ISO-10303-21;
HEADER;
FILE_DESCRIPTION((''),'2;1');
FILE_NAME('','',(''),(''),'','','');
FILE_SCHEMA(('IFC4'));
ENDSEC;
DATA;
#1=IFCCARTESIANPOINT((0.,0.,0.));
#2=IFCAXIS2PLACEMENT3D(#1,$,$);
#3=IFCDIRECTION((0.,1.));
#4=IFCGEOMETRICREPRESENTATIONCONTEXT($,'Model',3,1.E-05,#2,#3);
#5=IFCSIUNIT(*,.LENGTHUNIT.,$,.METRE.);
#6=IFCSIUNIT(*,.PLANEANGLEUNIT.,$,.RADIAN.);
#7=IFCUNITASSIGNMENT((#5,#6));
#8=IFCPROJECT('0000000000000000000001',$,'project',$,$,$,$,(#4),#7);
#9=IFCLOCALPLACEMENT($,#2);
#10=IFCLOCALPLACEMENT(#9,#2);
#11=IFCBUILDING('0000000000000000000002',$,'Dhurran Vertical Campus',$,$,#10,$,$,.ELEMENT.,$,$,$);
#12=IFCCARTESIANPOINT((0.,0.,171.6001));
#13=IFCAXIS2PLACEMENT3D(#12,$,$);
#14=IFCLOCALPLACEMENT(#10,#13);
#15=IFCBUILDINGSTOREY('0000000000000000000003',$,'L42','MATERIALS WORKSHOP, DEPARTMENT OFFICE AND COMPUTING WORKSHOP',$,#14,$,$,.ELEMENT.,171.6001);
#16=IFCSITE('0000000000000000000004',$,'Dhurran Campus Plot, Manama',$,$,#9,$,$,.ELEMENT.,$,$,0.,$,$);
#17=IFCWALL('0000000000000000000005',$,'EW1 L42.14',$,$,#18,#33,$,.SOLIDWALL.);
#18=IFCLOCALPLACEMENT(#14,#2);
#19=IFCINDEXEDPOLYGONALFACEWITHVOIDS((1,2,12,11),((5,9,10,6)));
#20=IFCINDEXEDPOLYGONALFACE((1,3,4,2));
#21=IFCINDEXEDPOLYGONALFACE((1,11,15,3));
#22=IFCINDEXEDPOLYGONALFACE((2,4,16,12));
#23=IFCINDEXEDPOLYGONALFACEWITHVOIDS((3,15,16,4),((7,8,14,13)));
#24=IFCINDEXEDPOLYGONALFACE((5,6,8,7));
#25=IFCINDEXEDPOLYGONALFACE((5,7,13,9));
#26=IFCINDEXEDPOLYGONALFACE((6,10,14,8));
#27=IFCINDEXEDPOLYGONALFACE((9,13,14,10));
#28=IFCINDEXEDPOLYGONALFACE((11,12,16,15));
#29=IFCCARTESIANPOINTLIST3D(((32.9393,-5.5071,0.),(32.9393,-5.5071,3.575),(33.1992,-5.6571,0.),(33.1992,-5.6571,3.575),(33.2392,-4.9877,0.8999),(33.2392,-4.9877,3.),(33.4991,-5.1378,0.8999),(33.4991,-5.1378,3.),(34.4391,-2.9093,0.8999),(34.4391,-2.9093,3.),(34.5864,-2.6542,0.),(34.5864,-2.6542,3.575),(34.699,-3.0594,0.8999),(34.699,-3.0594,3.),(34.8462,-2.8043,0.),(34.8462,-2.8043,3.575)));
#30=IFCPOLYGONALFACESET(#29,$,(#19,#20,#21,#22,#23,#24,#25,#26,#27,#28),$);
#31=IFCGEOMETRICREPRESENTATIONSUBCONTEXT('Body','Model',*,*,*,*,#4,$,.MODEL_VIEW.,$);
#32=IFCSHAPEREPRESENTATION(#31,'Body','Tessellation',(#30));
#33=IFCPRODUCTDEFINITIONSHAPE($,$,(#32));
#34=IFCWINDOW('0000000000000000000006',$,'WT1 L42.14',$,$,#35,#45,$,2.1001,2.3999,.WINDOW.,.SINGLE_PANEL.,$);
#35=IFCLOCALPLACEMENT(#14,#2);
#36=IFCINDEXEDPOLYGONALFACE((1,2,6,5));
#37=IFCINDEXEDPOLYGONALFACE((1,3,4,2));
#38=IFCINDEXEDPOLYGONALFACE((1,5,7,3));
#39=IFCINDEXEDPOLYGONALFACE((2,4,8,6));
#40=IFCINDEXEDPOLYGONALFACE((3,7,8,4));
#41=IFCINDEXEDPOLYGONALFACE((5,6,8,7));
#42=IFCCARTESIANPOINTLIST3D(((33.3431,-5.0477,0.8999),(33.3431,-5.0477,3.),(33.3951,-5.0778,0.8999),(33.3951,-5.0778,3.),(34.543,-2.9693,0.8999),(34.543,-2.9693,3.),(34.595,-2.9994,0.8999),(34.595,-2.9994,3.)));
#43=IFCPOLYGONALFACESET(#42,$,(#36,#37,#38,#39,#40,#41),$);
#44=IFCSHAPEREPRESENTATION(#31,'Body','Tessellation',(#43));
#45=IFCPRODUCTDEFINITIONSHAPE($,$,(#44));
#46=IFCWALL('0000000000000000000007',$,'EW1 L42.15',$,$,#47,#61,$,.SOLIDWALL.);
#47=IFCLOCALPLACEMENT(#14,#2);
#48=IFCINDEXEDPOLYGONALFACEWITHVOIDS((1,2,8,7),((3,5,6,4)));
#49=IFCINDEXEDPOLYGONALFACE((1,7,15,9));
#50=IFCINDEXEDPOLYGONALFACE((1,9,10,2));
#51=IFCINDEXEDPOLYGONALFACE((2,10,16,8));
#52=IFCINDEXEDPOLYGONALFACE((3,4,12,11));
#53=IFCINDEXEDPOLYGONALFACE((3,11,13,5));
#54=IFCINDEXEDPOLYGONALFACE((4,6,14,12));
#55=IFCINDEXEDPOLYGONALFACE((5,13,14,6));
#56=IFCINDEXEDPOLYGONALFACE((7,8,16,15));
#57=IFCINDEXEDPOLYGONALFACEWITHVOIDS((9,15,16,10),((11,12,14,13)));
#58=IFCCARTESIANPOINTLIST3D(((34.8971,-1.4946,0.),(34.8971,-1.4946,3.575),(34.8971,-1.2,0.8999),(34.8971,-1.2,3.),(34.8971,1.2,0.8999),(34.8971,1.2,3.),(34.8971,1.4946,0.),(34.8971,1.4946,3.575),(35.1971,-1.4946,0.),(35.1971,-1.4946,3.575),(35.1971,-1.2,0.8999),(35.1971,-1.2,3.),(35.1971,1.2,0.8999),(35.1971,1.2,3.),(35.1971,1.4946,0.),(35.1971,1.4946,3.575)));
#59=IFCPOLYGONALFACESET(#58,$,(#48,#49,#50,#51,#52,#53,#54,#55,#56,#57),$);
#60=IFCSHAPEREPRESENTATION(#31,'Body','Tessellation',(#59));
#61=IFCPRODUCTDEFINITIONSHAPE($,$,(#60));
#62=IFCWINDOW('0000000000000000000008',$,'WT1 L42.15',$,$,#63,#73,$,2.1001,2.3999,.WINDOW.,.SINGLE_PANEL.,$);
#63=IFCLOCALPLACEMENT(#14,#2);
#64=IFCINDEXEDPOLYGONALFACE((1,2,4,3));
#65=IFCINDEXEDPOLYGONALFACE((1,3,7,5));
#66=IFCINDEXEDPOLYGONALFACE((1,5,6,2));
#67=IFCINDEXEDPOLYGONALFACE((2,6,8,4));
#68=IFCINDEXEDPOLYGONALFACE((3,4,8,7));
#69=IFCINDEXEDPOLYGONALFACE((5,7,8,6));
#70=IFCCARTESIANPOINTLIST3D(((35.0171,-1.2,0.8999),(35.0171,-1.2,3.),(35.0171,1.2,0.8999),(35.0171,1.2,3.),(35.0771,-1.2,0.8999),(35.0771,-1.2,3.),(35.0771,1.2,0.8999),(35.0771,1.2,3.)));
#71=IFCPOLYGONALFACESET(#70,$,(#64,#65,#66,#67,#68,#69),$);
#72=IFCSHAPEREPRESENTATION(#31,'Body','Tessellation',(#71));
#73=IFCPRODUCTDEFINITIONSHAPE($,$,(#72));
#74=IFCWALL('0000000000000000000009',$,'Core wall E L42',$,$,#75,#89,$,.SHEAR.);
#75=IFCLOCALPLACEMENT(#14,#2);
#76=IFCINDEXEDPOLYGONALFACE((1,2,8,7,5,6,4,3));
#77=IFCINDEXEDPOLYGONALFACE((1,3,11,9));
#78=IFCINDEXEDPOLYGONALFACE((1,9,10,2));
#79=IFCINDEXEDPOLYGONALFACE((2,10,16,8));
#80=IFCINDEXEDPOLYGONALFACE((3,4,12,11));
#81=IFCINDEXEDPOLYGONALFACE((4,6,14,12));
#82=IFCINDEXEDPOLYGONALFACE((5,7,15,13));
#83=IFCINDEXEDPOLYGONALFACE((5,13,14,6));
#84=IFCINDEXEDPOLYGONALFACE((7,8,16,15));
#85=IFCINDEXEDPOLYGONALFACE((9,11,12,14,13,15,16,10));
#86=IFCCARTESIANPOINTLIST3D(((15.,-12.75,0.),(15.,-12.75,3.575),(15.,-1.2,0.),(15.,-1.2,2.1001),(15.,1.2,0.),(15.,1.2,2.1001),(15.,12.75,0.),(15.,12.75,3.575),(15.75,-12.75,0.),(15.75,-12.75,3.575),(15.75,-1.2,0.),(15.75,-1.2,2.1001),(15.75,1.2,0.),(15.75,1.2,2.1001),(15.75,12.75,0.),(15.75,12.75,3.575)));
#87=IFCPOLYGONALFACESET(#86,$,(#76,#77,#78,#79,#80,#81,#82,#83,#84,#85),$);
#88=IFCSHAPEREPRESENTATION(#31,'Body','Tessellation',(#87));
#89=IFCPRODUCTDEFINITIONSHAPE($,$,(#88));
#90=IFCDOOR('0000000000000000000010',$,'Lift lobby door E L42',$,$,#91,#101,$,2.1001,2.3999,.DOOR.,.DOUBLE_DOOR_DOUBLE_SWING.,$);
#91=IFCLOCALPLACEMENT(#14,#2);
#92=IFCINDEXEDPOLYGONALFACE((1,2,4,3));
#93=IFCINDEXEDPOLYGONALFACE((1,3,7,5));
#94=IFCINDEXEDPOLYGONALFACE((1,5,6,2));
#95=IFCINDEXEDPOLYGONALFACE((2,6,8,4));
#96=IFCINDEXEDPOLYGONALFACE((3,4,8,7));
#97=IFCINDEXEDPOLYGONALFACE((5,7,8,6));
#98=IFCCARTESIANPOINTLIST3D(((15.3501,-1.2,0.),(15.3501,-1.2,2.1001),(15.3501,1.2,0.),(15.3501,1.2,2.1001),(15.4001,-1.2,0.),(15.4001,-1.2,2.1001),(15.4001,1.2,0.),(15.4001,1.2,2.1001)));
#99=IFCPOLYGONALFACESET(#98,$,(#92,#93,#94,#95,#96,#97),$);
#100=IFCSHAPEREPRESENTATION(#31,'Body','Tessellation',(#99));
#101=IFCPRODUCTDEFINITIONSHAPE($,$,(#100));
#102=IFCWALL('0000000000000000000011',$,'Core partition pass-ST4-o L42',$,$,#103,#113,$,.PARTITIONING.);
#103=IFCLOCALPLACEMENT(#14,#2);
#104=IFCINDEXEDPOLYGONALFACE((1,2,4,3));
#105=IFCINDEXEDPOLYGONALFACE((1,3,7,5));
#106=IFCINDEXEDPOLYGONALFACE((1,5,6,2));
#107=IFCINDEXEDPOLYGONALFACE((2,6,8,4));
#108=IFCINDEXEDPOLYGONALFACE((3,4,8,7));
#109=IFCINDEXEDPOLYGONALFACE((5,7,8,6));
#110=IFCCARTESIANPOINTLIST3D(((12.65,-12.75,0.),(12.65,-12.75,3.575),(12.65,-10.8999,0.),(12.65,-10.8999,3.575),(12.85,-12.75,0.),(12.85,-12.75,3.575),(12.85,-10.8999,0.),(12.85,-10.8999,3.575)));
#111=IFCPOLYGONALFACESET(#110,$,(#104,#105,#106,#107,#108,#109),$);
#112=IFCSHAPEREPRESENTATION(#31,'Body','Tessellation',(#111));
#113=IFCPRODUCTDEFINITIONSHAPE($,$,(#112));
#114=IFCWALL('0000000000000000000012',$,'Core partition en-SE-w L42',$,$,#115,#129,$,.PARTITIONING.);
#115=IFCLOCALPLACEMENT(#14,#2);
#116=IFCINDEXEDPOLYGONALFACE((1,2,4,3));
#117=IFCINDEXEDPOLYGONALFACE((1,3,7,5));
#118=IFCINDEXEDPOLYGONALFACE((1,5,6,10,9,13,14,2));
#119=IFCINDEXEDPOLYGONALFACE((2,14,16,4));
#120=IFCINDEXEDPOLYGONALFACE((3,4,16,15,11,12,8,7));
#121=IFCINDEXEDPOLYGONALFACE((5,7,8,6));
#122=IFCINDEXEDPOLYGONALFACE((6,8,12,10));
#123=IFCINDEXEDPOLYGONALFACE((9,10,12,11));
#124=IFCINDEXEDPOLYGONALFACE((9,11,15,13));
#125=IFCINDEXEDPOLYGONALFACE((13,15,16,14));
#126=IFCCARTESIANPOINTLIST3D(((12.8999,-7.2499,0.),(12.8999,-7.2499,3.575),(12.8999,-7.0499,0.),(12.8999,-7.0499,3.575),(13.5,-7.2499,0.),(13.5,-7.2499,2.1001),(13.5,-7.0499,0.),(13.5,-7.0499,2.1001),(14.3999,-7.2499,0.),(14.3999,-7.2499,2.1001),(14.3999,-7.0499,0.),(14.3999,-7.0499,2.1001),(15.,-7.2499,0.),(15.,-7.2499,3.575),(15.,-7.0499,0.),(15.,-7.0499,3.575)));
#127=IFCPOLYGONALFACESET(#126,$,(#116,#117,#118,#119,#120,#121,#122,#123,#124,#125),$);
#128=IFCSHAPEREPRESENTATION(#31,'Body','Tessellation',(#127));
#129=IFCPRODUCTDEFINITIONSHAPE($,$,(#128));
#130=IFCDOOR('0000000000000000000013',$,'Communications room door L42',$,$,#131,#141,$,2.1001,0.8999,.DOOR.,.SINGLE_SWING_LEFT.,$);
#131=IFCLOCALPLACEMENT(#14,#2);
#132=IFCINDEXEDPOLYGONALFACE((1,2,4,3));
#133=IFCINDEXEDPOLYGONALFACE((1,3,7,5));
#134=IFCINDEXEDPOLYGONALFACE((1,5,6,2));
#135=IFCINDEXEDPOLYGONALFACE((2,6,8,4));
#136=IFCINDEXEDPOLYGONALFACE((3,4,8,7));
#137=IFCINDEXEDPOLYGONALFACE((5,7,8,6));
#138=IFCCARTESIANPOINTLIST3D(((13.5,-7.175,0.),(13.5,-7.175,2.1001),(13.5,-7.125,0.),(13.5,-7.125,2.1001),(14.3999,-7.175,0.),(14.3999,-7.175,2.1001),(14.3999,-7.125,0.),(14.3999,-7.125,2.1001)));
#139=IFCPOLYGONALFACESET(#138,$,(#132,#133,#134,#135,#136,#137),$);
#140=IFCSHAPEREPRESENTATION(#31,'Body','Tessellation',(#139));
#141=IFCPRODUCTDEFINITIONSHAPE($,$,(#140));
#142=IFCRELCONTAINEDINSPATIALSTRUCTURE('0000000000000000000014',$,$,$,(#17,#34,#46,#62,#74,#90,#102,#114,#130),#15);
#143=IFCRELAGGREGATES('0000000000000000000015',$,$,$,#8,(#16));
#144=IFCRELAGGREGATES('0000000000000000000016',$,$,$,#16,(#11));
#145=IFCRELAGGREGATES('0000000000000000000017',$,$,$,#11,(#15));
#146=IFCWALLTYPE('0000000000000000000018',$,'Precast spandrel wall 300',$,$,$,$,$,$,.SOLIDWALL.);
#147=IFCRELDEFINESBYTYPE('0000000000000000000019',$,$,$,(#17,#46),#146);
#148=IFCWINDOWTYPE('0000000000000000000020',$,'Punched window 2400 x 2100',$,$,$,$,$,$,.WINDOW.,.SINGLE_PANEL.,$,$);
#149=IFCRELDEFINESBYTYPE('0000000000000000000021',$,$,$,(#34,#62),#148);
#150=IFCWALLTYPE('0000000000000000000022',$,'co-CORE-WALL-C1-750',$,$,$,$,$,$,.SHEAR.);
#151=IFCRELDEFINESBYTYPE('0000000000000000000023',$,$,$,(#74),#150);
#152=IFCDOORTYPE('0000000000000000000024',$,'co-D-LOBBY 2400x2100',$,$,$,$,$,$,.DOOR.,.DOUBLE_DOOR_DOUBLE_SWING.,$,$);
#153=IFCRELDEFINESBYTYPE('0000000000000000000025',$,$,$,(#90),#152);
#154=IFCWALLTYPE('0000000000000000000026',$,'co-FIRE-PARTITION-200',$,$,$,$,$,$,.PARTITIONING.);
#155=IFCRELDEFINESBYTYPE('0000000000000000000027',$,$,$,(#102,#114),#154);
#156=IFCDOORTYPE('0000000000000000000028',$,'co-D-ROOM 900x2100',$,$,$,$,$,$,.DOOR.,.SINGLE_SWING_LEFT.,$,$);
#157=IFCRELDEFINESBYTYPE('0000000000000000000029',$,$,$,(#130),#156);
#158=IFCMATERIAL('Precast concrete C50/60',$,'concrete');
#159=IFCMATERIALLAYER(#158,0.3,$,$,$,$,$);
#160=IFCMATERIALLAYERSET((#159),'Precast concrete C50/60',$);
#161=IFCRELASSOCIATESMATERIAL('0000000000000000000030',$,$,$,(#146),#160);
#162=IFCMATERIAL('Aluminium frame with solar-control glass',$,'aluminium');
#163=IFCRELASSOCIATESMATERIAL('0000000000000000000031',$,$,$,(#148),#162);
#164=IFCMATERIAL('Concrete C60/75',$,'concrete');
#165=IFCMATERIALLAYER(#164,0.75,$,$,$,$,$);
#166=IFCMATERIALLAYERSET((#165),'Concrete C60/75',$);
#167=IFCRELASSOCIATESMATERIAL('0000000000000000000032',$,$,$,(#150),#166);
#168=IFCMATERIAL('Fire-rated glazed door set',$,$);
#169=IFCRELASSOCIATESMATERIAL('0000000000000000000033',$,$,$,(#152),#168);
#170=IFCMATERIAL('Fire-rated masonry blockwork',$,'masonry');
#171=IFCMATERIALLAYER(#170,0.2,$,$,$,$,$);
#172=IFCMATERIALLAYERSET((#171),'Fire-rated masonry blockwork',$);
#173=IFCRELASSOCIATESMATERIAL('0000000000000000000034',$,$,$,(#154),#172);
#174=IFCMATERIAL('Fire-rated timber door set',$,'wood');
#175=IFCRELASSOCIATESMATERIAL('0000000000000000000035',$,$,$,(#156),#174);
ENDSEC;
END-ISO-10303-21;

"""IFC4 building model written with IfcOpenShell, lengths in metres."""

from ifc_helpers import new_model, si_unit, direction, frame, frame_2d, origin, place, context, subcontext, project, spatial, rectangle, extrude, material, layer, layer_set, type_object, element, fill, save


model = new_model("IFC4")

# Units and contexts
model_context = context("Model", 3, precision=1e-05, world=origin(), true_north=direction((0.0, 1.0)))
body_context = subcontext(model_context, "Body", "Model", "MODEL_VIEW")
ifc_project = project(units=[si_unit("LENGTHUNIT", "METRE"), si_unit("PLANEANGLEUNIT", "RADIAN")], contexts=[model_context])

# Site, building, storey
site_placement = place(None, origin())
site = spatial("IfcSite", under=ifc_project, at=site_placement, Name="Dhurran Campus Plot, Manama", CompositionType="ELEMENT", RefElevation=0.0)
building_placement = place(site_placement, origin())
building = spatial("IfcBuilding", under=site, at=building_placement, Name="Dhurran Vertical Campus", CompositionType="ELEMENT")
storey_placement = place(building_placement, frame((0.0, 0.0, 171.6001)))
storey = spatial("IfcBuildingStorey", under=building, at=storey_placement, Name="L42", Description="MATERIALS WORKSHOP, DEPARTMENT OFFICE AND COMPUTING WORKSHOP", CompositionType="ELEMENT", Elevation=171.6001)

# Walls, openings, windows
ifc_material_1 = material(Name="Precast concrete C50/60", Category="concrete")
ifc_layer_1 = layer(ifc_material_1, 0.3)
ifc_layer_set_1 = layer_set([ifc_layer_1], Name="Precast concrete C50/60")
wall_type_1 = type_object("IfcWallType", Name="Precast spandrel wall 300", PredefinedType="SOLIDWALL", material=ifc_layer_set_1)
ifc_material_2 = material(Name="Aluminium frame with solar-control glass", Category="aluminium")
window_type = type_object("IfcWindowType", Name="Punched window 2400 x 2100", PartitioningType="SINGLE_PANEL", PredefinedType="WINDOW", material=ifc_material_2)
wall_1_placement = place(storey_placement, frame((33.0693, -5.582, 0.0), z_axis=(0.0, 0.0, 1.0), x_axis=(0.499981, 0.866036, 0.0)))
wall_1 = element("IfcWall", 1, at=wall_1_placement, inside=storey, type_object=wall_type_1, Name="EW1 L42.14", PredefinedType="SOLIDWALL", context=body_context, shape_type="SweptSolid", body=[
    extrude(rectangle(XDim=3.2942, YDim=0.3, at=frame_2d((1.647, 0.0))), origin(), (0.0, 0.0, 1.0), 3.575),
])
opening_1_placement = place(wall_1_placement, frame((0.5996, 0.0, 0.8999)))
opening_1 = element("IfcOpeningElement", 2, at=opening_1_placement, cuts=wall_1, PredefinedType="OPENING", context=body_context, shape_type="SweptSolid", body=[
    extrude(rectangle(XDim=2.3999, YDim=2.1001, at=frame_2d((1.2, 1.05))), frame((0.0, 0.1599, 0.0), z_axis=(0.0, -1.0, 0.0), x_axis=(1.0, 0.0, 0.0)), (0.0, 0.0, 1.0), 0.3201),
])
window_1_placement = place(opening_1_placement, origin())
window_1 = element("IfcWindow", 3, at=window_1_placement, inside=storey, type_object=window_type, Name="WT1 L42.14", OverallHeight=2.1001, OverallWidth=2.3999, PartitioningType="SINGLE_PANEL", PredefinedType="WINDOW", context=body_context, shape_type="SweptSolid", body=[
    extrude(rectangle(XDim=2.3999, YDim=2.1001, at=frame_2d((1.2, 1.05))), frame((0.0, 0.03, 0.0), z_axis=(0.0, -1.0, 0.0), x_axis=(1.0, 0.0, 0.0)), (0.0, 0.0, 1.0), 0.0601),
])
fill(opening_1, window_1)
wall_2_placement = place(storey_placement, frame((35.0471, -1.4946, 0.0), z_axis=(0.0, 0.0, 1.0), x_axis=(0.0, 1.0, 0.0)))
wall_2 = element("IfcWall", 4, at=wall_2_placement, inside=storey, type_object=wall_type_1, Name="EW1 L42.15", PredefinedType="SOLIDWALL", context=body_context, shape_type="SweptSolid", body=[
    extrude(rectangle(XDim=2.9893, YDim=0.3, at=frame_2d((1.4946, 0.0))), origin(), (0.0, 0.0, 1.0), 3.575),
])
opening_2_placement = place(wall_2_placement, frame((0.2947, 0.0, 0.8999)))
opening_2 = element("IfcOpeningElement", 5, at=opening_2_placement, cuts=wall_2, PredefinedType="OPENING", context=body_context, shape_type="SweptSolid", body=[
    extrude(rectangle(XDim=2.3999, YDim=2.1001, at=frame_2d((1.2, 1.05))), frame((0.0, 0.1599, 0.0), z_axis=(0.0, -1.0, 0.0), x_axis=(1.0, 0.0, 0.0)), (0.0, 0.0, 1.0), 0.3201),
])
window_2_placement = place(opening_2_placement, origin())
window_2 = element("IfcWindow", 6, at=window_2_placement, inside=storey, type_object=window_type, Name="WT1 L42.15", OverallHeight=2.1001, OverallWidth=2.3999, PartitioningType="SINGLE_PANEL", PredefinedType="WINDOW", context=body_context, shape_type="SweptSolid", body=[
    extrude(rectangle(XDim=2.3999, YDim=2.1001, at=frame_2d((1.2, 1.05))), frame((0.0, 0.03, 0.0), z_axis=(0.0, -1.0, 0.0), x_axis=(1.0, 0.0, 0.0)), (0.0, 0.0, 1.0), 0.0601),
])
fill(opening_2, window_2)

# Wall, opening, door
ifc_material_3 = material(Name="Concrete C60/75", Category="concrete")
ifc_layer_2 = layer(ifc_material_3, 0.75)
ifc_layer_set_2 = layer_set([ifc_layer_2], Name="Concrete C60/75")
wall_type_2 = type_object("IfcWallType", Name="co-CORE-WALL-C1-750", PredefinedType="SHEAR", material=ifc_layer_set_2)
wall_3_placement = place(storey_placement, frame((15.375, -12.75, 0.0), z_axis=(0.0, 0.0, 1.0), x_axis=(0.0, 1.0, 0.0)))
wall_3 = element("IfcWall", 7, at=wall_3_placement, inside=storey, type_object=wall_type_2, Name="Core wall E L42", PredefinedType="SHEAR", context=body_context, shape_type="SweptSolid", body=[
    extrude(rectangle(XDim=25.5, YDim=0.75, at=frame_2d((12.75, 0.0))), origin(), (0.0, 0.0, 1.0), 3.575),
])
opening_3_placement = place(wall_3_placement, frame((11.55, 0.0, 0.0)))
opening_3 = element("IfcOpeningElement", 8, at=opening_3_placement, cuts=wall_3, PredefinedType="OPENING", context=body_context, shape_type="SweptSolid", body=[
    extrude(rectangle(XDim=2.3999, YDim=2.1001, at=frame_2d((1.2, 1.05))), frame((0.0, 0.385, 0.0), z_axis=(0.0, -1.0, 0.0), x_axis=(1.0, 0.0, 0.0)), (0.0, 0.0, 1.0), 0.77),
])
ifc_material_4 = material(Name="Fire-rated glazed door set")
door_type_1 = type_object("IfcDoorType", Name="co-D-LOBBY 2400x2100", OperationType="DOUBLE_DOOR_DOUBLE_SWING", PredefinedType="DOOR", material=ifc_material_4)
door_1_placement = place(opening_3_placement, origin())
door_1 = element("IfcDoor", 9, at=door_1_placement, inside=storey, type_object=door_type_1, Name="Lift lobby door E L42", OperationType="DOUBLE_DOOR_DOUBLE_SWING", OverallHeight=2.1001, OverallWidth=2.3999, PredefinedType="DOOR", context=body_context, shape_type="SweptSolid", body=[
    extrude(rectangle(XDim=2.3999, YDim=2.1001, at=frame_2d((1.2, 1.05))), frame((0.0, 0.0249, 0.0), z_axis=(0.0, -1.0, 0.0), x_axis=(1.0, 0.0, 0.0)), (0.0, 0.0, 1.0), 0.05),
])
fill(opening_3, door_1)

# Wall
ifc_material_5 = material(Name="Fire-rated masonry blockwork", Category="masonry")
ifc_layer_3 = layer(ifc_material_5, 0.2)
ifc_layer_set_3 = layer_set([ifc_layer_3], Name="Fire-rated masonry blockwork")
wall_type_3 = type_object("IfcWallType", Name="co-FIRE-PARTITION-200", PredefinedType="PARTITIONING", material=ifc_layer_set_3)
wall_4_placement = place(storey_placement, frame((12.75, -12.75, 0.0), z_axis=(0.0, 0.0, 1.0), x_axis=(0.0, 1.0, 0.0)))
element("IfcWall", 10, at=wall_4_placement, inside=storey, type_object=wall_type_3, Name="Core partition pass-ST4-o L42", PredefinedType="PARTITIONING", context=body_context, shape_type="SweptSolid", body=[
    extrude(rectangle(XDim=1.8501, YDim=0.2, at=frame_2d((0.925, 0.0))), origin(), (0.0, 0.0, 1.0), 3.575),
])

# Wall, opening, door
wall_5_placement = place(storey_placement, frame((12.8999, -7.1499, 0.0), z_axis=(0.0, 0.0, 1.0), x_axis=(1.0, 0.0, 0.0)))
wall_5 = element("IfcWall", 11, at=wall_5_placement, inside=storey, type_object=wall_type_3, Name="Core partition en-SE-w L42", PredefinedType="PARTITIONING", context=body_context, shape_type="SweptSolid", body=[
    extrude(rectangle(XDim=2.1001, YDim=0.2, at=frame_2d((1.05, 0.0))), origin(), (0.0, 0.0, 1.0), 3.575),
])
opening_4_placement = place(wall_5_placement, frame((0.6001, 0.0, 0.0)))
opening_4 = element("IfcOpeningElement", 12, at=opening_4_placement, cuts=wall_5, PredefinedType="OPENING", context=body_context, shape_type="SweptSolid", body=[
    extrude(rectangle(XDim=0.8999, YDim=2.1001, at=frame_2d((0.45, 1.05))), frame((0.0, 0.1099, 0.0), z_axis=(0.0, -1.0, 0.0), x_axis=(1.0, 0.0, 0.0)), (0.0, 0.0, 1.0), 0.22),
])
ifc_material_6 = material(Name="Fire-rated timber door set", Category="wood")
door_type_2 = type_object("IfcDoorType", Name="co-D-ROOM 900x2100", OperationType="SINGLE_SWING_LEFT", PredefinedType="DOOR", material=ifc_material_6)
door_2_placement = place(opening_4_placement, origin())
door_2 = element("IfcDoor", 13, at=door_2_placement, inside=storey, type_object=door_type_2, Name="Communications room door L42", OperationType="SINGLE_SWING_LEFT", OverallHeight=2.1001, OverallWidth=0.8999, PredefinedType="DOOR", context=body_context, shape_type="SweptSolid", body=[
    extrude(rectangle(XDim=0.8999, YDim=2.1001, at=frame_2d((0.45, 1.05))), frame((0.0, 0.0249, 0.0), z_axis=(0.0, -1.0, 0.0), x_axis=(1.0, 0.0, 0.0)), (0.0, 0.0, 1.0), 0.05),
])
fill(opening_4, door_2)

save(model, "model.ifc")
